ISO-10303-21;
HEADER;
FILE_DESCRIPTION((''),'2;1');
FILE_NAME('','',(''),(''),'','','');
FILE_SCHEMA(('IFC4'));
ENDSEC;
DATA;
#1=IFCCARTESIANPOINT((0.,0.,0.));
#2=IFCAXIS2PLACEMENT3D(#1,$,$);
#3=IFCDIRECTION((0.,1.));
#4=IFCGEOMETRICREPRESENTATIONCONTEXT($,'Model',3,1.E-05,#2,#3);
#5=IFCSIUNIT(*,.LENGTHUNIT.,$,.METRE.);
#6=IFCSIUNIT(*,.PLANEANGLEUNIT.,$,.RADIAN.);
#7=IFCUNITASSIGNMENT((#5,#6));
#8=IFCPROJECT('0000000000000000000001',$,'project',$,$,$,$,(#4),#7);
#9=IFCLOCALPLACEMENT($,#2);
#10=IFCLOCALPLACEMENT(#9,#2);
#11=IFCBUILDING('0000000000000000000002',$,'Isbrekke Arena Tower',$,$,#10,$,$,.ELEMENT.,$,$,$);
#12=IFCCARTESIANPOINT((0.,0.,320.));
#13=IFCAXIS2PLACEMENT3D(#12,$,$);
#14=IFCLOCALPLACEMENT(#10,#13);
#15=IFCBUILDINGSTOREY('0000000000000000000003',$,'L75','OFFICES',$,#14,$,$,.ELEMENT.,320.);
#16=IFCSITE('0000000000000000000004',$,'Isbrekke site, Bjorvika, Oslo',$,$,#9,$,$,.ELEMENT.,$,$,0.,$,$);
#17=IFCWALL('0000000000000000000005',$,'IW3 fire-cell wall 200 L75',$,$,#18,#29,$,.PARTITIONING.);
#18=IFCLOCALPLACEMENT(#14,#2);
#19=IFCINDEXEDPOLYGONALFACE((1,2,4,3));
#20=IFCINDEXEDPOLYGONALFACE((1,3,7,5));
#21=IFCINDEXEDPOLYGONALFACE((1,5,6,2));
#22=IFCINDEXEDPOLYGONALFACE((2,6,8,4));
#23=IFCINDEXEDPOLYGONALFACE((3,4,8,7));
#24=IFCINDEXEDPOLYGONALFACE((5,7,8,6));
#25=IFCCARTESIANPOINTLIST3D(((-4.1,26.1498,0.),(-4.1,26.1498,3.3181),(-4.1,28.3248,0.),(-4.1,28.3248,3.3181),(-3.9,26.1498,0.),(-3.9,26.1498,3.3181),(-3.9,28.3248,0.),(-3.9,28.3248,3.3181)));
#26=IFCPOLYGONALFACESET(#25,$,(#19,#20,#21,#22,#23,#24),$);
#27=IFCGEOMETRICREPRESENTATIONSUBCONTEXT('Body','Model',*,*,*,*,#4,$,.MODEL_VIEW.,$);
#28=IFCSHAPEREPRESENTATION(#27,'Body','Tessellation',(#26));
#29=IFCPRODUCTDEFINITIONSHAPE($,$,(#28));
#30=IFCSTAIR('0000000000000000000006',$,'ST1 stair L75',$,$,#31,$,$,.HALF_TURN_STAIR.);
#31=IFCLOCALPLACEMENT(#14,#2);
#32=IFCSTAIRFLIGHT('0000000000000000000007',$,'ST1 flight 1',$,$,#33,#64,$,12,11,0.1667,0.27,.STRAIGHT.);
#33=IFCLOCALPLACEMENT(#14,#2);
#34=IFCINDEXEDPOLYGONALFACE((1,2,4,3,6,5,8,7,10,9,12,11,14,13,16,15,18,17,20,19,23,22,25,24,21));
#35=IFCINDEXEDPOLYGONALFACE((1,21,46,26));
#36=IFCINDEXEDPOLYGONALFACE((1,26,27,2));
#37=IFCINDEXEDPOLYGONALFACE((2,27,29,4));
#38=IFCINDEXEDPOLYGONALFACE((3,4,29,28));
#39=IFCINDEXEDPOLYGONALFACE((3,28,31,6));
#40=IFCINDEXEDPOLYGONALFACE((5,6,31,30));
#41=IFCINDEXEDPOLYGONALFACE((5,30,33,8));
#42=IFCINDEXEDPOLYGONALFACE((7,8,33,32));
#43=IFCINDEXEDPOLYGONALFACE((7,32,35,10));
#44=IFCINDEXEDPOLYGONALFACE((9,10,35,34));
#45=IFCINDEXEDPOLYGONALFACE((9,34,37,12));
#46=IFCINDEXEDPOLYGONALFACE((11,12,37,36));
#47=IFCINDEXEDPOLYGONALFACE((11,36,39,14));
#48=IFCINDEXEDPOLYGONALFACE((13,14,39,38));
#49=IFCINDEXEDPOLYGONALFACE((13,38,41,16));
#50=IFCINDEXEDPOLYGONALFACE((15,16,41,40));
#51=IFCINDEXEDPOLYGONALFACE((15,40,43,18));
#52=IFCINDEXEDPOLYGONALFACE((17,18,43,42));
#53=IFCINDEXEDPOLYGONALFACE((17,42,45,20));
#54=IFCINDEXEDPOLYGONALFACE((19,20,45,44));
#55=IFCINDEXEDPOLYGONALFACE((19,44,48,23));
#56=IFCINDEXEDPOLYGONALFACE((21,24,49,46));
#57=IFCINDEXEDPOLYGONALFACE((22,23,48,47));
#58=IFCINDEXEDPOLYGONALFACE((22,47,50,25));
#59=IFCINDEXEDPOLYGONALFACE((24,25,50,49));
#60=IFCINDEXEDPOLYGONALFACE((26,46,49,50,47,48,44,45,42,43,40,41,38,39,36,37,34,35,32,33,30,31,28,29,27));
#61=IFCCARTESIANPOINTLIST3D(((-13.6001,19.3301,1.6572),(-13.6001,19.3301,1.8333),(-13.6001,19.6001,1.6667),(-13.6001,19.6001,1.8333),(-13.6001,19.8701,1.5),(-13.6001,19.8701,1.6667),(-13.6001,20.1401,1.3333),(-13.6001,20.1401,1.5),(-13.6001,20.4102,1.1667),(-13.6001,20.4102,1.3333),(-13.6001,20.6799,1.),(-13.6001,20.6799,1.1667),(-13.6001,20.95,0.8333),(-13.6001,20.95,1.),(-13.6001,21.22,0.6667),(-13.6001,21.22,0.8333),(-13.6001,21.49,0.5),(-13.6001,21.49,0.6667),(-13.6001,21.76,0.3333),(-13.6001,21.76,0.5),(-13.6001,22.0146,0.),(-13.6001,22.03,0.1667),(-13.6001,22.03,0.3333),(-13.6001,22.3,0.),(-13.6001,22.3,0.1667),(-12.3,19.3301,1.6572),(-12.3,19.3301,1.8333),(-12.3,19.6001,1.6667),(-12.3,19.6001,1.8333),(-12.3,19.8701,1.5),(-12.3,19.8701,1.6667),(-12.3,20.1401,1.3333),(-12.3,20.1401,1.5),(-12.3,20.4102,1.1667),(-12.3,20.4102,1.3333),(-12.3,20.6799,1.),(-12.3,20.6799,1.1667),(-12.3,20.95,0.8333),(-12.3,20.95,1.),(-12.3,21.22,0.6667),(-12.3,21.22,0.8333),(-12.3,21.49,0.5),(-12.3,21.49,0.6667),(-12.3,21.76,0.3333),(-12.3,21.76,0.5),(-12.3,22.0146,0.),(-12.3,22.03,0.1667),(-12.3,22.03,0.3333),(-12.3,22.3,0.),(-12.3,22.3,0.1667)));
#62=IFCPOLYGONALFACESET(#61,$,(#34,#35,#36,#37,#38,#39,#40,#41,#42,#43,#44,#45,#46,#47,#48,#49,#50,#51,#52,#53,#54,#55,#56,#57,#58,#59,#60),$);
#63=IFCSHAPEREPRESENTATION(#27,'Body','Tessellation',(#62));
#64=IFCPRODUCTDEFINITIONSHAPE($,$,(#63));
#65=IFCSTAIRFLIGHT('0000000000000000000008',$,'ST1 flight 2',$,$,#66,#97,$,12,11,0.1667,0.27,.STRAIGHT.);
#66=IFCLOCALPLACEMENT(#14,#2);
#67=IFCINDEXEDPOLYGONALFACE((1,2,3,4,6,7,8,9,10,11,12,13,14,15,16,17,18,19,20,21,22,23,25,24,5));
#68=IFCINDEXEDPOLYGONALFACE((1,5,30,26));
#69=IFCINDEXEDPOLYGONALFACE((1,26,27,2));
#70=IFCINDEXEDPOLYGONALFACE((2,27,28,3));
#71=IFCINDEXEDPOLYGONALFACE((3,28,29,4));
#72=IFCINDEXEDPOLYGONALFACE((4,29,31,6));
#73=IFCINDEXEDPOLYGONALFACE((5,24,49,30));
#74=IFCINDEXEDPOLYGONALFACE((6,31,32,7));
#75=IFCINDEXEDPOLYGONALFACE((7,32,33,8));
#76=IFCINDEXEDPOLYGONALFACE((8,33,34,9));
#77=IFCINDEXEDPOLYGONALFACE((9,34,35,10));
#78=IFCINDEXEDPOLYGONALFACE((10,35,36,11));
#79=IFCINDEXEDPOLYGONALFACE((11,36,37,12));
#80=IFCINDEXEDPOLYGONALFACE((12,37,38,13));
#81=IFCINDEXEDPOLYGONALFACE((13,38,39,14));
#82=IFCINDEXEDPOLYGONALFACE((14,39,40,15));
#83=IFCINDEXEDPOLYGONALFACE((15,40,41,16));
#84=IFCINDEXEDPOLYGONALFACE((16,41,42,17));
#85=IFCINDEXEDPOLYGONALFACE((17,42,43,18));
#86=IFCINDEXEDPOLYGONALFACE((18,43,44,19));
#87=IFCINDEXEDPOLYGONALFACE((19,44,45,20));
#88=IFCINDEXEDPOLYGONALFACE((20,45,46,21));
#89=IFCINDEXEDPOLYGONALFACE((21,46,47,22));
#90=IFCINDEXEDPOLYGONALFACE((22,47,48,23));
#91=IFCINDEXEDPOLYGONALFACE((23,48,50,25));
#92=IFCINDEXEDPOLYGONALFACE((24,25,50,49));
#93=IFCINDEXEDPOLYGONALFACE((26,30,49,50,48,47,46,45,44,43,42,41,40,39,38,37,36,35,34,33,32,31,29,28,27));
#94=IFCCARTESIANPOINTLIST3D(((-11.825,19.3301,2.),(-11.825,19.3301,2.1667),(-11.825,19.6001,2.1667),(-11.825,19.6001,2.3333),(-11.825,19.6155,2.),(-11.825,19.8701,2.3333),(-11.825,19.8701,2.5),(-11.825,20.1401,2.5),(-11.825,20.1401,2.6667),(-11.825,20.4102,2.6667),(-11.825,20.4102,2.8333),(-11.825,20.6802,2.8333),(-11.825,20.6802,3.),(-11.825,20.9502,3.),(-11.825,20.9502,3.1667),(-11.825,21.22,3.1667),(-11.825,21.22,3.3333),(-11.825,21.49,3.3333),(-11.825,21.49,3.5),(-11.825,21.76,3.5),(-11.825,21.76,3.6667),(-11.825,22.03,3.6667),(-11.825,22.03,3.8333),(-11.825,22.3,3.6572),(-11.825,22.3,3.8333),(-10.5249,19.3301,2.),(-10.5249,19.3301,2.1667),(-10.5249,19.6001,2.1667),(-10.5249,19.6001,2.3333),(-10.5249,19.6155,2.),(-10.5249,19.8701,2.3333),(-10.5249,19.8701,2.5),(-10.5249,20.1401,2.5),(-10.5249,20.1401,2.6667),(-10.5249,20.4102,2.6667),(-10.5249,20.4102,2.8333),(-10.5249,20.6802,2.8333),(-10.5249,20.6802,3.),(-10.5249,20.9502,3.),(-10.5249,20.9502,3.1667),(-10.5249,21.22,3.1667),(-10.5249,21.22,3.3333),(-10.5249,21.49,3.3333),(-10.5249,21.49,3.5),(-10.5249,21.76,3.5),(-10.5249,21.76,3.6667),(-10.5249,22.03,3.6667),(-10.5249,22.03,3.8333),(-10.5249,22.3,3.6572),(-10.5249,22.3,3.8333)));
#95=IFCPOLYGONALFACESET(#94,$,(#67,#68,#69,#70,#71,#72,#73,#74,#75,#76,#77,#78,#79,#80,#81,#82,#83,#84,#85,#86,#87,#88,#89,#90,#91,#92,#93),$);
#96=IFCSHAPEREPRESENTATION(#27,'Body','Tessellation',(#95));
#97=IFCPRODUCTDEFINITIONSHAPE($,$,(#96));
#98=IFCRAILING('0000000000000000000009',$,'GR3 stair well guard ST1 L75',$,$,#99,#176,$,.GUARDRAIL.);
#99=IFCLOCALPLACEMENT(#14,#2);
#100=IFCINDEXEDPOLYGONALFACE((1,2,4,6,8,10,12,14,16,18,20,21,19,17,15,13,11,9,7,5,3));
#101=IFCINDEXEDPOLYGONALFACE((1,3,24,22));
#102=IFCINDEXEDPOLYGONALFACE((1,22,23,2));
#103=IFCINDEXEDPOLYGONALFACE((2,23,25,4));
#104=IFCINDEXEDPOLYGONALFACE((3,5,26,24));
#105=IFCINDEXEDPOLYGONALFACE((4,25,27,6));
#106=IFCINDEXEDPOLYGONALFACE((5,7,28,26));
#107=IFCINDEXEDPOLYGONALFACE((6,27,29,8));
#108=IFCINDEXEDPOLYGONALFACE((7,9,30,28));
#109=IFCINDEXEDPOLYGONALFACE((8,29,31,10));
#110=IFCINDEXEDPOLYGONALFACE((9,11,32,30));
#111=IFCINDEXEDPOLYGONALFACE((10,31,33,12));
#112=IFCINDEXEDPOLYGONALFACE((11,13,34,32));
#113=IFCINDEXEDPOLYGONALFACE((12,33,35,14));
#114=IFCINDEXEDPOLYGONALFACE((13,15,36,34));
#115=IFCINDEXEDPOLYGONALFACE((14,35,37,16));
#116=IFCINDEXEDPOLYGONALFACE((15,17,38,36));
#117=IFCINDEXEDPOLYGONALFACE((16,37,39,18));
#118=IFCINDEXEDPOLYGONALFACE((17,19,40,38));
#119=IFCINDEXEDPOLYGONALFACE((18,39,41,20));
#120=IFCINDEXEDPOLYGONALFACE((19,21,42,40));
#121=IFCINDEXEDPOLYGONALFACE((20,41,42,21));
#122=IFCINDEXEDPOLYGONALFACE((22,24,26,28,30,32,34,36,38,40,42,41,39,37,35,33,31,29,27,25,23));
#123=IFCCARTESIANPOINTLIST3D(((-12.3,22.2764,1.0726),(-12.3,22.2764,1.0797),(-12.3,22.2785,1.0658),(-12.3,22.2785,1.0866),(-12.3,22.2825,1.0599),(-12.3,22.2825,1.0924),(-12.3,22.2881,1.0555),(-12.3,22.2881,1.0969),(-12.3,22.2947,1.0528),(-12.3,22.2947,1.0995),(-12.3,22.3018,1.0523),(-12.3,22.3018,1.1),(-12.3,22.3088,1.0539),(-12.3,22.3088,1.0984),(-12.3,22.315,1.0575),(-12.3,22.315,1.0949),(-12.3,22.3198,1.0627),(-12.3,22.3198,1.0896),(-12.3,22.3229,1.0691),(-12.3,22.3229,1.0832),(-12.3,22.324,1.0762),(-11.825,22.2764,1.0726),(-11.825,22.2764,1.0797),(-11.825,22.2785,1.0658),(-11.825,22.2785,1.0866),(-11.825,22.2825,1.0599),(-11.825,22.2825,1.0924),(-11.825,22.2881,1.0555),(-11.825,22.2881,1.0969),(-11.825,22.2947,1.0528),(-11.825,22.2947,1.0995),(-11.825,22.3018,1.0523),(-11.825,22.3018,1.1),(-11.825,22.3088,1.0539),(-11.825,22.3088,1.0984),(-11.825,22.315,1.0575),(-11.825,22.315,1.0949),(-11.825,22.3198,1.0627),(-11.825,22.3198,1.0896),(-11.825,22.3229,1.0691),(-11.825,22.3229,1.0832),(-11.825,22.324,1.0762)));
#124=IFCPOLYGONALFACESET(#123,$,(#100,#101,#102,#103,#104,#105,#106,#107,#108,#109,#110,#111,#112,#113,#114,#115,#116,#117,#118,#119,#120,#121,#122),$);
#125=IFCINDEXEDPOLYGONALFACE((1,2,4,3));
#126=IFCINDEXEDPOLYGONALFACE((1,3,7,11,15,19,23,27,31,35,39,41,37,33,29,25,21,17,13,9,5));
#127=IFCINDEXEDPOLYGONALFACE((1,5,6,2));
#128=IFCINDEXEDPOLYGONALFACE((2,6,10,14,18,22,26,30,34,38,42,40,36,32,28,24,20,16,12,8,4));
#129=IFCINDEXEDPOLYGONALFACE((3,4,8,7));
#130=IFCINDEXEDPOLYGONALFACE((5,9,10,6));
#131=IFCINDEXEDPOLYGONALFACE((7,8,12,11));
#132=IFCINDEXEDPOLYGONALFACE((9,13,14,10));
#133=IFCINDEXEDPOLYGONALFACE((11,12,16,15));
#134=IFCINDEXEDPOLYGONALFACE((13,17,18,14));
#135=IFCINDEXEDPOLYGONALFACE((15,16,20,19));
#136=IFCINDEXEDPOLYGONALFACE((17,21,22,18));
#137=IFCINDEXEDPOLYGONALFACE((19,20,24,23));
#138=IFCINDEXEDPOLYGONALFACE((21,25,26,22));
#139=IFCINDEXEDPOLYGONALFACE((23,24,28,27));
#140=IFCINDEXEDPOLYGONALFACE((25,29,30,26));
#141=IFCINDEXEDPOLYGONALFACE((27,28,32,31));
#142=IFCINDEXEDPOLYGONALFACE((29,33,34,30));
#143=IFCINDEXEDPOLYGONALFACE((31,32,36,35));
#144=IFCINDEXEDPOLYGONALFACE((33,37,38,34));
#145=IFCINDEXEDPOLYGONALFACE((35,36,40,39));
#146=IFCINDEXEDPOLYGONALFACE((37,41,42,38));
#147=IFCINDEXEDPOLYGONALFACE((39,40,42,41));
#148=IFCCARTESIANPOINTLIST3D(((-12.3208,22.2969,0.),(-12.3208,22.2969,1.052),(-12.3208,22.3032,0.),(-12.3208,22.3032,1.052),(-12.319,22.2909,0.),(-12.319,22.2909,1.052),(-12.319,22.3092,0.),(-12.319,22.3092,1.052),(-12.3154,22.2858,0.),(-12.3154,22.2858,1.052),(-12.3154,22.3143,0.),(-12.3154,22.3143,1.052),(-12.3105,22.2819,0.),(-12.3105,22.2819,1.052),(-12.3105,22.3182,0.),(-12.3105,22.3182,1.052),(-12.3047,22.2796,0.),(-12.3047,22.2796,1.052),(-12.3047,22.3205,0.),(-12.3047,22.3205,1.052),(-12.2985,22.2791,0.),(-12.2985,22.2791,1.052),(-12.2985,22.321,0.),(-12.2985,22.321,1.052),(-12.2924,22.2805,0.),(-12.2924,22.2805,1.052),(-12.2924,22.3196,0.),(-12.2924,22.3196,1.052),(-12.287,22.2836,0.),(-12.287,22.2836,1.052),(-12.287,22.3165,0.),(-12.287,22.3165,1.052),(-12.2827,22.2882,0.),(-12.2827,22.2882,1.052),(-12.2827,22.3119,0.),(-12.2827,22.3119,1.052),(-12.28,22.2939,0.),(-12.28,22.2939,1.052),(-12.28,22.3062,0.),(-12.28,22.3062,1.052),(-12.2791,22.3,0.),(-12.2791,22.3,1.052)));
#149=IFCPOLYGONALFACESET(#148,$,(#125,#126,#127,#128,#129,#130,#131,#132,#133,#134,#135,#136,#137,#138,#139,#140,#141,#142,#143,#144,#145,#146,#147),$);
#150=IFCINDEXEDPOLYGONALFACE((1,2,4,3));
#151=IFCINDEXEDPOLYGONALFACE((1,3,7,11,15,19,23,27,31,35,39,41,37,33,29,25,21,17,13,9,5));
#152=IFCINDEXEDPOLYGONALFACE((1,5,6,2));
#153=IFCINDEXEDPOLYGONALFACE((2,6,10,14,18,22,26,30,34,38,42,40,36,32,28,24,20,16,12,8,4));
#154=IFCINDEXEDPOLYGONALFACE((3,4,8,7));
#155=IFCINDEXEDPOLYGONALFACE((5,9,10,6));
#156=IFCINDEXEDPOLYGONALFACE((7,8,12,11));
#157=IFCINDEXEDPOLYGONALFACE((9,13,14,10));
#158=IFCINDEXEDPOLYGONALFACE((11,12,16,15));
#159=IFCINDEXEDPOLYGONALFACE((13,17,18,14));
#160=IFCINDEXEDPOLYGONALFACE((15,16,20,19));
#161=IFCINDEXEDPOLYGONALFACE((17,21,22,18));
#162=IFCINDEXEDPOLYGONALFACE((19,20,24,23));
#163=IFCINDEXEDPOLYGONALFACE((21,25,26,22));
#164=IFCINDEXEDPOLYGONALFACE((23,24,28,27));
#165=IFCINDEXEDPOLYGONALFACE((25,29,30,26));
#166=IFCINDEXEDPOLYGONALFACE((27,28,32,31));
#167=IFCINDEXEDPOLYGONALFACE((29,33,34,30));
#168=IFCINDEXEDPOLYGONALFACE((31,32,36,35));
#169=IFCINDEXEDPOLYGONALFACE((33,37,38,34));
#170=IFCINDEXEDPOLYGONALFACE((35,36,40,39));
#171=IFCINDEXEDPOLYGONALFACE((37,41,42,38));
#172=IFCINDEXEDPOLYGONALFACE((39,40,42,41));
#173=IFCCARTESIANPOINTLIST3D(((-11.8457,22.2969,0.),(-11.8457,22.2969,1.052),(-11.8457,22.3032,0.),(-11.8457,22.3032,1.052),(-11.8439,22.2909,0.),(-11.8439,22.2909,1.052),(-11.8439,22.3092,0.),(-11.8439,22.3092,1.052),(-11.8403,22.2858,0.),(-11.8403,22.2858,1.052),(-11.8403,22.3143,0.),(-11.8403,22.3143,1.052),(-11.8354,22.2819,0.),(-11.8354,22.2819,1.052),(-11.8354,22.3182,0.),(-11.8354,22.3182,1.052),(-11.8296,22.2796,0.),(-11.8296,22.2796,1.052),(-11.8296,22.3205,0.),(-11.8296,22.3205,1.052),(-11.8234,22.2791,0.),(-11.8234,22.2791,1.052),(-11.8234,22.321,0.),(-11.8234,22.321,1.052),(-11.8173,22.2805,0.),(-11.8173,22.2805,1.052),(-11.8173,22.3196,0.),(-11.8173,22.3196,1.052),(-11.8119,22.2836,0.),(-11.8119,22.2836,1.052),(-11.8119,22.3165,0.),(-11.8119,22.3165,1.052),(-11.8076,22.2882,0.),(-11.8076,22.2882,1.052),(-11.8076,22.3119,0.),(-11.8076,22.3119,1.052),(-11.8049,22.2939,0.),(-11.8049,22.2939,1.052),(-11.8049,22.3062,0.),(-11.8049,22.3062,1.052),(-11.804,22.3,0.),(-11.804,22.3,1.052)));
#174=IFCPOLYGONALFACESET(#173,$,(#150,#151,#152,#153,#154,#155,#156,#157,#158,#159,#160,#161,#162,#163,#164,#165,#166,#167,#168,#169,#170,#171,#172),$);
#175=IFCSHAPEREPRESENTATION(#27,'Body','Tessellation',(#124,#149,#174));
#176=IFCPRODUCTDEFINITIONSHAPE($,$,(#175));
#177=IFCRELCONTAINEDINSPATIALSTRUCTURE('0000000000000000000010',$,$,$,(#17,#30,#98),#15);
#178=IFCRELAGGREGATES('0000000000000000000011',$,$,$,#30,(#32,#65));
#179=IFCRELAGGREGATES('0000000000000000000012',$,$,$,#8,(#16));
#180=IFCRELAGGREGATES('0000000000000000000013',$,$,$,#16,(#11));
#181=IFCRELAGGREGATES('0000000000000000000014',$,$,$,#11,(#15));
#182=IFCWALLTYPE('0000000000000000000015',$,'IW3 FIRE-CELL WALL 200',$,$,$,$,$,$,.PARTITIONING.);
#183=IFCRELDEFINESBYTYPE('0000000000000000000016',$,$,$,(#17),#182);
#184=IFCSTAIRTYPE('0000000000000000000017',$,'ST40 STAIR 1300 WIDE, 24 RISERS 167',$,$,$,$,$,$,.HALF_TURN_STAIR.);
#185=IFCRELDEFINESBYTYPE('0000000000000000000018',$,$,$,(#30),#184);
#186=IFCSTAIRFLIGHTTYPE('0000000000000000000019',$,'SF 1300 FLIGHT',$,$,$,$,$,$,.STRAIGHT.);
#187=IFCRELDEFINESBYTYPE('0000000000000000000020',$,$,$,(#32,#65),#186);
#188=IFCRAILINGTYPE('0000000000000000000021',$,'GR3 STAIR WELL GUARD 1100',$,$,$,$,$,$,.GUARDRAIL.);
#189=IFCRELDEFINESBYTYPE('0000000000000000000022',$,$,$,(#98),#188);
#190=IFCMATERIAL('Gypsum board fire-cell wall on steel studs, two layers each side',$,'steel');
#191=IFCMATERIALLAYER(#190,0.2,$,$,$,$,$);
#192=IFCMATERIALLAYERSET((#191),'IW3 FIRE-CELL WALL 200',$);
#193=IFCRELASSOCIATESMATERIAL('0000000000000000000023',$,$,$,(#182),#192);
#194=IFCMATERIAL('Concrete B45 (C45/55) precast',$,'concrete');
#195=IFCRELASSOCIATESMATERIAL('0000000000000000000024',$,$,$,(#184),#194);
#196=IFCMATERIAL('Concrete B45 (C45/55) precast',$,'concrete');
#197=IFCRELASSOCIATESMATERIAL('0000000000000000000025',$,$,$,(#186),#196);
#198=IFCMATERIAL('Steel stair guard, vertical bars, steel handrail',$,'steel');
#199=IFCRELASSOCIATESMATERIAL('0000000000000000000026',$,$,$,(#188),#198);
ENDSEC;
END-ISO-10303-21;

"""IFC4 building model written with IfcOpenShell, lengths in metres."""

from ifc_helpers import new_model, si_unit, direction, frame, frame_2d, origin, origin_2d, place, context, subcontext, project, spatial, polyline, rectangle, circle, outline, extrude, material, layer, layer_set, type_object, element, aggregate, save


model = new_model("IFC4")

# Units and contexts
model_context = context("Model", 3, precision=1e-05, world=origin(), true_north=direction((0.0, 1.0)))
body_context = subcontext(model_context, "Body", "Model", "MODEL_VIEW")
ifc_project = project(units=[si_unit("LENGTHUNIT", "METRE"), si_unit("PLANEANGLEUNIT", "RADIAN")], contexts=[model_context])

# Site, building, storey
site_placement = place(None, origin())
site = spatial("IfcSite", under=ifc_project, at=site_placement, Name="Isbrekke site, Bjorvika, Oslo", CompositionType="ELEMENT", RefElevation=0.0)
building_placement = place(site_placement, origin())
building = spatial("IfcBuilding", under=site, at=building_placement, Name="Isbrekke Arena Tower", CompositionType="ELEMENT")
storey_placement = place(building_placement, frame((0.0, 0.0, 320.0)))
storey = spatial("IfcBuildingStorey", under=building, at=storey_placement, Name="L75", Description="OFFICES", CompositionType="ELEMENT", Elevation=320.0)

# Wall
ifc_material_1 = material(Name="Gypsum board fire-cell wall on steel studs, two layers each side", Category="steel")
ifc_layer_1 = layer(ifc_material_1, 0.2)
ifc_layer_set_1 = layer_set([ifc_layer_1], Name="IW3 FIRE-CELL WALL 200")
wall_type_1 = type_object("IfcWallType", Name="IW3 FIRE-CELL WALL 200", PredefinedType="PARTITIONING", material=ifc_layer_set_1)
for number, where, z_axis, x_axis, name in (
    (1, (-4.0, 26.1499, 0.0), (0.0, 0.0, 1.0), (0.0, 1.0, 0.0), "IW3 fire-cell wall 200 L75"),
):
    element("IfcWall", number, at=place(storey_placement, frame(where, z_axis=z_axis, x_axis=x_axis)), inside=storey, type_object=wall_type_1, Name=name, PredefinedType="PARTITIONING", context=body_context, shape_type="SweptSolid", body=[
        extrude(rectangle(XDim=2.175, YDim=0.2, at=frame_2d((1.0874, 0.0))), origin(), (0.0, 0.0, 1.0), 3.3181),
    ])

# Stair, stair flights
ifc_material_2 = material(Name="Concrete B45 (C45/55) precast", Category="concrete")
stair_type = type_object("IfcStairType", Name="ST40 STAIR 1300 WIDE, 24 RISERS 167", PredefinedType="HALF_TURN_STAIR", material=ifc_material_2)
stair_placement = place(storey_placement, origin())
stair = element("IfcStair", 2, at=stair_placement, inside=storey, type_object=stair_type, Name="ST1 stair L75", PredefinedType="HALF_TURN_STAIR")
ifc_material_3 = material(Name="Concrete B45 (C45/55) precast", Category="concrete")
stair_flight_type = type_object("IfcStairFlightType", Name="SF 1300 FLIGHT", PredefinedType="STRAIGHT", material=ifc_material_3)
stair_flight_1_placement = place(storey_placement, frame((-12.95, 22.3, 0.0), z_axis=(0.0, 0.0, 1.0), x_axis=(0.0, -1.0, 0.0)))
stair_flight_1 = element("IfcStairFlight", 3, at=stair_flight_1_placement, type_object=stair_flight_type, Name="ST1 flight 1", NumberOfRisers=12, NumberOfTreads=11, PredefinedType="STRAIGHT", RiserHeight=0.1667, TreadLength=0.27, context=body_context, shape_type="SweptSolid", body=[
    extrude(outline(polyline([(0.0, 0.0), (0.0, 0.1667), (0.27, 0.1667), (0.27, 0.3333), (0.54, 0.3333), (0.54, 0.5), (0.8101, 0.5), (0.8101, 0.6667), (1.0801, 0.6667), (1.0801, 0.8333), (1.3501, 0.8333), (1.3501, 1.0), (1.6201, 1.0), (1.6201, 1.1667), (1.8899, 1.1667), (1.8899, 1.3333), (2.1599, 1.3333), (2.1599, 1.5), (2.4299, 1.5), (2.4299, 1.6667), (2.7, 1.6667), (2.7, 1.8333), (2.97, 1.8333), (2.97, 2.0), (2.97, 1.6572), (0.2854, 0.0), (0.0, 0.0)])), frame((0.0, 0.6499, 0.0), z_axis=(0.0, -1.0, 0.0), x_axis=(1.0, 0.0, 0.0)), (0.0, 0.0, 1.0), 1.3),
])
stair_flight_2_placement = place(storey_placement, frame((-11.175, 19.3301, 2.0), z_axis=(0.0, 0.0, 1.0), x_axis=(0.0, 1.0, 0.0)))
stair_flight_2 = element("IfcStairFlight", 4, at=stair_flight_2_placement, type_object=stair_flight_type, Name="ST1 flight 2", NumberOfRisers=12, NumberOfTreads=11, PredefinedType="STRAIGHT", RiserHeight=0.1667, TreadLength=0.27, context=body_context, shape_type="SweptSolid", body=[
    extrude(outline(polyline([(0.0, 0.0), (0.0, 0.1667), (0.27, 0.1667), (0.27, 0.3333), (0.54, 0.3333), (0.54, 0.5), (0.8101, 0.5), (0.8101, 0.6667), (1.0801, 0.6667), (1.0801, 0.8333), (1.3501, 0.8333), (1.3501, 1.0), (1.6201, 1.0), (1.6201, 1.1667), (1.8899, 1.1667), (1.8899, 1.3333), (2.1599, 1.3333), (2.1599, 1.5), (2.4299, 1.5), (2.4299, 1.6667), (2.7, 1.6667), (2.7, 1.8333), (2.97, 1.8333), (2.97, 2.0), (2.97, 1.6572), (0.2854, 0.0), (0.0, 0.0)])), frame((0.0, 0.6499, 0.0), z_axis=(0.0, -1.0, 0.0), x_axis=(1.0, 0.0, 0.0)), (0.0, 0.0, 1.0), 1.3),
])
aggregate(stair, [stair_flight_1, stair_flight_2])

# Railing
ifc_material_4 = material(Name="Steel stair guard, vertical bars, steel handrail", Category="steel")
railing_type = type_object("IfcRailingType", Name="GR3 STAIR WELL GUARD 1100", PredefinedType="GUARDRAIL", material=ifc_material_4)
for number, where, name in (
    (5, (-12.3, 22.3, 0.0), "GR3 stair well guard ST1 L75"),
):
    element("IfcRailing", number, at=place(storey_placement, frame(where)), inside=storey, type_object=railing_type, Name=name, PredefinedType="GUARDRAIL", context=body_context, shape_type="SweptSolid", body=[
        extrude(circle(Radius=0.0239, at=origin_2d()), frame((0.0, 0.0, 1.0762), z_axis=(1.0, 0.0, 0.0), x_axis=(0.0, 1.0, 0.0)), (0.0, 0.0, 1.0), 0.4751),
        extrude(circle(Radius=0.021, at=origin_2d()), origin(), (0.0, 0.0, 1.0), 1.052),
        extrude(circle(Radius=0.021, at=origin_2d()), frame((0.4751, 0.0, 0.0)), (0.0, 0.0, 1.0), 1.052),
    ])

save(model, "model.ifc")
